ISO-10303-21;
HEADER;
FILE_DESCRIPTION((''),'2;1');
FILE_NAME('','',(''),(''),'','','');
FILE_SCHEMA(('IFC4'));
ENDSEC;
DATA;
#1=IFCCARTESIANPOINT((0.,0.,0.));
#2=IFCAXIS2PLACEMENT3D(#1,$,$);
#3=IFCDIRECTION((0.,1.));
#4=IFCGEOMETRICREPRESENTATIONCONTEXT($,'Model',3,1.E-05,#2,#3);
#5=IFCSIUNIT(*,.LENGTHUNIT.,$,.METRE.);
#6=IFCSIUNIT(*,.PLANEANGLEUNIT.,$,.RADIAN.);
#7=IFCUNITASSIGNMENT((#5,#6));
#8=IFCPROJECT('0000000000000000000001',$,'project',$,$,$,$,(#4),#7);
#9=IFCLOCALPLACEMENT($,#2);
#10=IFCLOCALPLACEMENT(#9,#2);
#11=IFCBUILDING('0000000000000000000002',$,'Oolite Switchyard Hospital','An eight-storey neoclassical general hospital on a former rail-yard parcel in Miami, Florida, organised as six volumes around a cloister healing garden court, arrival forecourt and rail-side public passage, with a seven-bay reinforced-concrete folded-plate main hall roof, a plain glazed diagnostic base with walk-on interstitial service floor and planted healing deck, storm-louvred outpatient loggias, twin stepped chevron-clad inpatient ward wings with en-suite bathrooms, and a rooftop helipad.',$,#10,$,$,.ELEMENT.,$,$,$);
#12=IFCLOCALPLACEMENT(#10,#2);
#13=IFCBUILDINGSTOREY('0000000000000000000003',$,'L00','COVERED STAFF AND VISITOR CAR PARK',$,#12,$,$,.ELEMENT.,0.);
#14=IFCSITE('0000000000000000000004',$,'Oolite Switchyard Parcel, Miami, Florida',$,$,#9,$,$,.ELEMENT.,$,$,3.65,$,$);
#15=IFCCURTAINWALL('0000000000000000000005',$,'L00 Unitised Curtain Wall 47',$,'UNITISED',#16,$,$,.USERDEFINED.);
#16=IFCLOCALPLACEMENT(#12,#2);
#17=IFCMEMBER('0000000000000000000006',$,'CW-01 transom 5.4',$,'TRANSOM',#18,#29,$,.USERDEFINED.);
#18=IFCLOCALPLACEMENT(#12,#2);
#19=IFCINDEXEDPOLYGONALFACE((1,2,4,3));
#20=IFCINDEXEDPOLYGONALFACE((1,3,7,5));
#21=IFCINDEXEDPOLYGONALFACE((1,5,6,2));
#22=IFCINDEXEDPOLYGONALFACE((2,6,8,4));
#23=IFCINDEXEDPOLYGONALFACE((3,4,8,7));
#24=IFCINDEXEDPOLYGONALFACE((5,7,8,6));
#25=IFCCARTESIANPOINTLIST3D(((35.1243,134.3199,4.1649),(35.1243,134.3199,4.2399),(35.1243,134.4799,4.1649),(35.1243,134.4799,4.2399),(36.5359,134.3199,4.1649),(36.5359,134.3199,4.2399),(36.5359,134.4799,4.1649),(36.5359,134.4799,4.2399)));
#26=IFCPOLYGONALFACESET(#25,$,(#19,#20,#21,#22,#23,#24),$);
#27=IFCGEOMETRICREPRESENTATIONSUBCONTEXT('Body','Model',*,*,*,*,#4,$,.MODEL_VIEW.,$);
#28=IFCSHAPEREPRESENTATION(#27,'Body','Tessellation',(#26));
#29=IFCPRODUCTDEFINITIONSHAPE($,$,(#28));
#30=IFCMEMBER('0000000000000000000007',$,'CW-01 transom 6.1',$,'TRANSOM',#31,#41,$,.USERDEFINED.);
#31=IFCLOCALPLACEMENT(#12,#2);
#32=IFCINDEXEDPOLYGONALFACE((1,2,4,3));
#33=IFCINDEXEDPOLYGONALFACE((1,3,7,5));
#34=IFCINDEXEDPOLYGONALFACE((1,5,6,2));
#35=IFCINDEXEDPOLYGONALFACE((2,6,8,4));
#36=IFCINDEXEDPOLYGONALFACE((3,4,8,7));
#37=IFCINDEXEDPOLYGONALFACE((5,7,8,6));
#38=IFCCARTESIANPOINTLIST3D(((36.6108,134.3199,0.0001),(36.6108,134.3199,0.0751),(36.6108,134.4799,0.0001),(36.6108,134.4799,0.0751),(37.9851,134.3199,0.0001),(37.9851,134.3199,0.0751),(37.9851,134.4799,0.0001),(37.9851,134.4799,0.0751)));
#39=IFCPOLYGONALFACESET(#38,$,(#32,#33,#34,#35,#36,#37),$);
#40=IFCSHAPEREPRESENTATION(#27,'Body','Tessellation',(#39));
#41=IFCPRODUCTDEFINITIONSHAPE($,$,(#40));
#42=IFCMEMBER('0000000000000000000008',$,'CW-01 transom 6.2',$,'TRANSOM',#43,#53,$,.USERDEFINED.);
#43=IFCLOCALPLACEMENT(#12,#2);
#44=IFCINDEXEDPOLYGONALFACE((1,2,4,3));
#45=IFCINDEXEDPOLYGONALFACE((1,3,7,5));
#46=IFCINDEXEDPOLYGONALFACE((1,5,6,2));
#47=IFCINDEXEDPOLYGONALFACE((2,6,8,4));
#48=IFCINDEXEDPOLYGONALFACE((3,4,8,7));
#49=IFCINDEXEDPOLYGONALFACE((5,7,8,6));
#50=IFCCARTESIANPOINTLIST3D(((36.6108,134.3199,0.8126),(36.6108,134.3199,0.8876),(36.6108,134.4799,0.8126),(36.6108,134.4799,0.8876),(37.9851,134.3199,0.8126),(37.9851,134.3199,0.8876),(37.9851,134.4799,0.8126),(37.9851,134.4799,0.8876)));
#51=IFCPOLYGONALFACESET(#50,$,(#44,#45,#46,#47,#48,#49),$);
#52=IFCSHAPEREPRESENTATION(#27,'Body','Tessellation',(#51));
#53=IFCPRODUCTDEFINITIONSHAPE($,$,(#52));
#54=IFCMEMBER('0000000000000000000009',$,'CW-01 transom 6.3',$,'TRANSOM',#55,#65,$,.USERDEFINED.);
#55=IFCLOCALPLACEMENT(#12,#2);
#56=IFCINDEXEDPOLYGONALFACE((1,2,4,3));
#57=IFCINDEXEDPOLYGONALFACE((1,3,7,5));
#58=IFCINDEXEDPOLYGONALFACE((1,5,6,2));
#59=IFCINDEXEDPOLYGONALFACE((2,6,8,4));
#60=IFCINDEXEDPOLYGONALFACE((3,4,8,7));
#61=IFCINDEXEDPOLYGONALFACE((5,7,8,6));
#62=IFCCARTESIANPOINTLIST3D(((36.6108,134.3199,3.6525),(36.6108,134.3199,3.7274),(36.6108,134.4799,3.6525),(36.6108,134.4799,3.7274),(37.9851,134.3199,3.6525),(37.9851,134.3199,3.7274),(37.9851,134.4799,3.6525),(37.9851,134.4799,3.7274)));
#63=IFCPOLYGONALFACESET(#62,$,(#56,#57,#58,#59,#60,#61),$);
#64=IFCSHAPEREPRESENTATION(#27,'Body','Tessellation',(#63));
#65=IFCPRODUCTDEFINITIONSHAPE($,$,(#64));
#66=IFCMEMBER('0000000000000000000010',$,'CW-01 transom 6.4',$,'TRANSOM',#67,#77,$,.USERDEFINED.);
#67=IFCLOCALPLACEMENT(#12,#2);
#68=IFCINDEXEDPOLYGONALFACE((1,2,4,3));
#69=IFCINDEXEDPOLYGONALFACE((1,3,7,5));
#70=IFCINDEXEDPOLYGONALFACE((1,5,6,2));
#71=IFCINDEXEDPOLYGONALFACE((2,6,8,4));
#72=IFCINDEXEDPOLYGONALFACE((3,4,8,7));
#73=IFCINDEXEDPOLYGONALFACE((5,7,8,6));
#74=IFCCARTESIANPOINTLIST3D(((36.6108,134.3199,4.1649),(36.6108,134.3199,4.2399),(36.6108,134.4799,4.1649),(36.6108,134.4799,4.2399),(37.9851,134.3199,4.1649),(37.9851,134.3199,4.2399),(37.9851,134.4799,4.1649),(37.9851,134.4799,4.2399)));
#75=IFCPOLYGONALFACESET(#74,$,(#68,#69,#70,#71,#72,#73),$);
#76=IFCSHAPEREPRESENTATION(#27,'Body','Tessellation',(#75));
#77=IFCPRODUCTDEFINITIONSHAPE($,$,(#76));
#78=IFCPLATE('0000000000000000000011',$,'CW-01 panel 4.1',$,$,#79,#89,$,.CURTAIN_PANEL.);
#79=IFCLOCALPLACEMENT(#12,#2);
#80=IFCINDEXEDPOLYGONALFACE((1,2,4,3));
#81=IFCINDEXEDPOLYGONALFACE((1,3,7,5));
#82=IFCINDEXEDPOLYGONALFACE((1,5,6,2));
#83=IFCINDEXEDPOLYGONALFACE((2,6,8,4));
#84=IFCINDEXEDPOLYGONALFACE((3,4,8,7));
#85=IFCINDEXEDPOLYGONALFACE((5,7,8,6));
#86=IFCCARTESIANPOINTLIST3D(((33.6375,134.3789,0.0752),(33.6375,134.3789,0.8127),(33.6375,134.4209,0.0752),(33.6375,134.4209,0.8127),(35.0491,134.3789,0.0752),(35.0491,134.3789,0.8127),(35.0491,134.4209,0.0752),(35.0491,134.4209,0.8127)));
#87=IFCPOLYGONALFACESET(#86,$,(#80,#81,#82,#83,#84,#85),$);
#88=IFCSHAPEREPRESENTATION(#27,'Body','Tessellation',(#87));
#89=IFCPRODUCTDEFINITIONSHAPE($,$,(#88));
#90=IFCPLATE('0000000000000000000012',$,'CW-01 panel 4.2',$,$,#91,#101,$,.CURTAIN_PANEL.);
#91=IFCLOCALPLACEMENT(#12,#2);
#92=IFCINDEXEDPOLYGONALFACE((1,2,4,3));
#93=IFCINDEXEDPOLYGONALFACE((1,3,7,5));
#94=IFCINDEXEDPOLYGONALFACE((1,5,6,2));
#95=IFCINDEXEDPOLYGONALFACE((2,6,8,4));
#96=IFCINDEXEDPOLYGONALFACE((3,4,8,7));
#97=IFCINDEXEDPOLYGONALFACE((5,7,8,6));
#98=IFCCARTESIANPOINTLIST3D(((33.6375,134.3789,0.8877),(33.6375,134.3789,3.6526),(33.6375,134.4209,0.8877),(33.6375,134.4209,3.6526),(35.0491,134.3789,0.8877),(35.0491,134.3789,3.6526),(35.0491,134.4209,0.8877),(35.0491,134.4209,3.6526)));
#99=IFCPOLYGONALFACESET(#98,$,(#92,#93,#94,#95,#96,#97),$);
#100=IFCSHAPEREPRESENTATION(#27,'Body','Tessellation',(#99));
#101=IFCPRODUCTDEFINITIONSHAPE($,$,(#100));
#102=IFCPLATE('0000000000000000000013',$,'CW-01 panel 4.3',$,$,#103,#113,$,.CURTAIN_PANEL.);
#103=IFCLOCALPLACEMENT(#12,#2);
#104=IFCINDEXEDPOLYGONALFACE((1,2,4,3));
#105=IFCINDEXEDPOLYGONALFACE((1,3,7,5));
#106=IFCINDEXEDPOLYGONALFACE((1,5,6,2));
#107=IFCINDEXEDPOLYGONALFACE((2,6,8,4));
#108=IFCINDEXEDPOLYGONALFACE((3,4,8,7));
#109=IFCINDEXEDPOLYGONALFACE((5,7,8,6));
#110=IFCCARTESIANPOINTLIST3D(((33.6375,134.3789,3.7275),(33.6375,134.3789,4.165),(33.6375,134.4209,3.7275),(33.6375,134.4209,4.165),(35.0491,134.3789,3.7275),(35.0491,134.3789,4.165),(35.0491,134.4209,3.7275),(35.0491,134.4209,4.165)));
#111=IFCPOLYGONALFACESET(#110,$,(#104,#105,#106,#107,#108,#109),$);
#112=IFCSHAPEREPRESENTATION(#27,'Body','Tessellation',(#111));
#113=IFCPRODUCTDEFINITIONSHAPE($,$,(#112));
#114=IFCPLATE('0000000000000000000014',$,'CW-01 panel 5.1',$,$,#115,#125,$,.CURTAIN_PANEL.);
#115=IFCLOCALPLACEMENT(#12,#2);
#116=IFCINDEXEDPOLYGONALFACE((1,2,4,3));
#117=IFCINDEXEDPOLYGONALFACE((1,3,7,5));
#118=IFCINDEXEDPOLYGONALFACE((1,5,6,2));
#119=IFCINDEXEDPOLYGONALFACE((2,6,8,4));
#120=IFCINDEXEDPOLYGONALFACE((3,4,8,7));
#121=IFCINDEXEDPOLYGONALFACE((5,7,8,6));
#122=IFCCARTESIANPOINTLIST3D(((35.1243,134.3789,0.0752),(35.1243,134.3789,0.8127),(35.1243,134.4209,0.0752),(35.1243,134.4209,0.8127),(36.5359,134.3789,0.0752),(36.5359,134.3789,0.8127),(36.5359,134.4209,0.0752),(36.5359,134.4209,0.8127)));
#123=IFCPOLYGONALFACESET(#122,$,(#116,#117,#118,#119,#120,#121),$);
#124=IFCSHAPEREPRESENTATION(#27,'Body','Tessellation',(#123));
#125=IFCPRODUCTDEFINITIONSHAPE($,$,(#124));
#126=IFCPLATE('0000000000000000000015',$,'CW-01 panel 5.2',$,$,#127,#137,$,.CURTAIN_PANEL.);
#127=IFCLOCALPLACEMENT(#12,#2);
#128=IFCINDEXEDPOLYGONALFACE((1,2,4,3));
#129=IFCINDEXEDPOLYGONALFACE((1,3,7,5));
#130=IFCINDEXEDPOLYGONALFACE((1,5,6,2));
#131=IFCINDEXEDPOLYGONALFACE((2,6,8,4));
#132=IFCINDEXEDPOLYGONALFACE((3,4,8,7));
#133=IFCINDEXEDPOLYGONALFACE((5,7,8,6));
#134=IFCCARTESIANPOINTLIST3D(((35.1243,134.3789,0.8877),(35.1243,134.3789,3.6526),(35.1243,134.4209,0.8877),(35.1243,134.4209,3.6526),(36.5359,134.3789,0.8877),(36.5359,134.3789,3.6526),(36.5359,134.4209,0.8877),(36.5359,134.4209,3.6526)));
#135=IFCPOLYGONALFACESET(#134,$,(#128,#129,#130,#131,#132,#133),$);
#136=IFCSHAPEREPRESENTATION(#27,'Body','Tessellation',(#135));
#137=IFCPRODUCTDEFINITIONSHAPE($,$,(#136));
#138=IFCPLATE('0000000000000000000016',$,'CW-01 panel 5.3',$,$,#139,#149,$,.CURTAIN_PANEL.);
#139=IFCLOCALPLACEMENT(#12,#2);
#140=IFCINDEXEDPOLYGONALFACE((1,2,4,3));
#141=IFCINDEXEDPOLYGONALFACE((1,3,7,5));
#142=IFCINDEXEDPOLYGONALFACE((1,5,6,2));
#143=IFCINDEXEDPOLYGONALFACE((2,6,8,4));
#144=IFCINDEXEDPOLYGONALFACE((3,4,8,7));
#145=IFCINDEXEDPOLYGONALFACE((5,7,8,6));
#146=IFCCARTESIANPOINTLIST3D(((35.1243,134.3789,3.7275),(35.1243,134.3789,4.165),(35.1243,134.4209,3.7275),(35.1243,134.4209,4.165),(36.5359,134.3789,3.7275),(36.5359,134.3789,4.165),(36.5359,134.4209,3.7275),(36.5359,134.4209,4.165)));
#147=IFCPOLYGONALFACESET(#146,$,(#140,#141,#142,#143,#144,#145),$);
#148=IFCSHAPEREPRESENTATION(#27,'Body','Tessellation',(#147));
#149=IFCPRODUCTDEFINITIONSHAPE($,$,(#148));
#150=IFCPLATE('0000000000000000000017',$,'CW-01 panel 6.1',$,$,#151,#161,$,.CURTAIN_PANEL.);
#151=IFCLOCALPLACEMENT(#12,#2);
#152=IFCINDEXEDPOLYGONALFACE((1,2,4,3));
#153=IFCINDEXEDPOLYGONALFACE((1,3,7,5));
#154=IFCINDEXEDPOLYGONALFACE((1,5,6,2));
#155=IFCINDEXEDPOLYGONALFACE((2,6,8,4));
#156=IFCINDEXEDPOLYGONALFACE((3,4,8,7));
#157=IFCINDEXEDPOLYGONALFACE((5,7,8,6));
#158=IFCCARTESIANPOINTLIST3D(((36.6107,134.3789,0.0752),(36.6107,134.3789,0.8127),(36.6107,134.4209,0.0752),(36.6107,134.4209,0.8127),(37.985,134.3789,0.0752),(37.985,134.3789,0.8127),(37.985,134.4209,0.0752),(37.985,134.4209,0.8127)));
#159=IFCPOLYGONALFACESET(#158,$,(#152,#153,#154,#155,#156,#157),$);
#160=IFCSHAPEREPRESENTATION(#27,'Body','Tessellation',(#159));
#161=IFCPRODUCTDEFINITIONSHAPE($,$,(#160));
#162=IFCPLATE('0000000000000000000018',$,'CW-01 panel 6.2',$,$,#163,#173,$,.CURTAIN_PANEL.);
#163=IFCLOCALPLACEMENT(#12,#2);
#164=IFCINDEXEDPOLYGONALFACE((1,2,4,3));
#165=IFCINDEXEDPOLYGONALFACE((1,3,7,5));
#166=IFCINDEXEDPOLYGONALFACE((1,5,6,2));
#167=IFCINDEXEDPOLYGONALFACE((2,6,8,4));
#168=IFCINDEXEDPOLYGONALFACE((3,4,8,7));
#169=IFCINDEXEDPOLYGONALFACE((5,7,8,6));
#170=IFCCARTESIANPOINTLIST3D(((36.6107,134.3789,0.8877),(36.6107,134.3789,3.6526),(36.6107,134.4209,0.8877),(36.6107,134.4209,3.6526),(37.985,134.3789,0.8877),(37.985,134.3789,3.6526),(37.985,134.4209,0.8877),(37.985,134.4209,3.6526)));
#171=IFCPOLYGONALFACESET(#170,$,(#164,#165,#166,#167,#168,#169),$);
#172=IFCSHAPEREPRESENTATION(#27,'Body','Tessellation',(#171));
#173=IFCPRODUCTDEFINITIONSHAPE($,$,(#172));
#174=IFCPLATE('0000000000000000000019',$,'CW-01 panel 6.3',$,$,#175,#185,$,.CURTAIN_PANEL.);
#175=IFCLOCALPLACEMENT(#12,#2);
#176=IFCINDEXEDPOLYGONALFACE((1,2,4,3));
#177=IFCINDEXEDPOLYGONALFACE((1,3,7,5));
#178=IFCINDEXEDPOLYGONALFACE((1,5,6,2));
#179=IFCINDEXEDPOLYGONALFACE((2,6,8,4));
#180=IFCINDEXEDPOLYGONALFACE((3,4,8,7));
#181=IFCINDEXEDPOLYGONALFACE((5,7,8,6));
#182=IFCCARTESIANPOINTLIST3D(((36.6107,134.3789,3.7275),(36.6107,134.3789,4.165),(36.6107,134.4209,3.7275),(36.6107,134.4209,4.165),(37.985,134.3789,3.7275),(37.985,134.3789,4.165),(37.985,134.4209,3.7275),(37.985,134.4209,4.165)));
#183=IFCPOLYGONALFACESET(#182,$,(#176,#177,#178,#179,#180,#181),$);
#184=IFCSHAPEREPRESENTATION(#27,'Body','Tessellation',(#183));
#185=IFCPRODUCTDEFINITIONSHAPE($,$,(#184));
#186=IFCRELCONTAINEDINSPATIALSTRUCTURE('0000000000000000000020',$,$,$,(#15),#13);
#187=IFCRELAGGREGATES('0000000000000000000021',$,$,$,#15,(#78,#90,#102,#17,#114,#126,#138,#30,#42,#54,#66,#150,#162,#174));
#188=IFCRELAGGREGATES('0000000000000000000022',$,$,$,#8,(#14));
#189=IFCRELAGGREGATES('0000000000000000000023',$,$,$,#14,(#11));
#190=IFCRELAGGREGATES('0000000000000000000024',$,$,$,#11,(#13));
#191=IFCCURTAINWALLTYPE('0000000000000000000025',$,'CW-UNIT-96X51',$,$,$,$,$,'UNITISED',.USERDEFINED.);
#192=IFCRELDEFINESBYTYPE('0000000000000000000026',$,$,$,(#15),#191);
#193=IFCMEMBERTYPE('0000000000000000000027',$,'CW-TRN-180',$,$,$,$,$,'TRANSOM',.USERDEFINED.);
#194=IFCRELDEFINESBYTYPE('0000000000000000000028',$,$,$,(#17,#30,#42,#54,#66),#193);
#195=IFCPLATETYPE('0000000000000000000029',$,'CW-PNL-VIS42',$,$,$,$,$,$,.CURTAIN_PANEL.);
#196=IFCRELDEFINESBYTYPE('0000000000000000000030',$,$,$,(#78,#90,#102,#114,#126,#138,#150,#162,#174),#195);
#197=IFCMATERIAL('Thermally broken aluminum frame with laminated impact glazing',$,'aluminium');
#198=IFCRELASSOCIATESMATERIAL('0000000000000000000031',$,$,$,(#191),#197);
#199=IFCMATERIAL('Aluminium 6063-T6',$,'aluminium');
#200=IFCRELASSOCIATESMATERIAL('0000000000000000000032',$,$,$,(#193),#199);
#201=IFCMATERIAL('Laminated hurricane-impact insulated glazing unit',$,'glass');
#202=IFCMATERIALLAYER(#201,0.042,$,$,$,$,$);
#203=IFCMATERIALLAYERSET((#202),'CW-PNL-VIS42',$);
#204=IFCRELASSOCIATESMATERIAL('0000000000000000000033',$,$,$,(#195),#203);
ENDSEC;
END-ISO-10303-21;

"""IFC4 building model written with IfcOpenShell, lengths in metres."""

from ifc_helpers import new_model, si_unit, direction, frame, origin, origin_2d, place, context, subcontext, project, spatial, rectangle, extrude, material, layer, layer_set, material_profile, profile_set, type_object, element, aggregate, save


model = new_model("IFC4")

# Units and contexts
model_context = context("Model", 3, precision=1e-05, world=origin(), true_north=direction((0.0, 1.0)))
body_context = subcontext(model_context, "Body", "Model", "MODEL_VIEW")
ifc_project = project(units=[si_unit("LENGTHUNIT", "METRE"), si_unit("PLANEANGLEUNIT", "RADIAN")], contexts=[model_context])

# Site, building, storey
site_placement = place(None, origin())
site = spatial("IfcSite", under=ifc_project, at=site_placement, Name="Oolite Switchyard Parcel, Miami, Florida", CompositionType="ELEMENT", RefElevation=3.65)
building_placement = place(site_placement, origin())
building = spatial("IfcBuilding", under=site, at=building_placement, Name="Oolite Switchyard Hospital", Description="An eight-storey neoclassical general hospital on a former rail-yard parcel in Miami, Florida, organised as six volumes around a cloister healing garden court, arrival forecourt and rail-side public passage, with a seven-bay reinforced-concrete folded-plate main hall roof, a plain glazed diagnostic base with walk-on interstitial service floor and planted healing deck, storm-louvred outpatient loggias, twin stepped chevron-clad inpatient ward wings with en-suite bathrooms, and a rooftop helipad.", CompositionType="ELEMENT")
storey_placement = place(building_placement, origin())
storey = spatial("IfcBuildingStorey", under=building, at=storey_placement, Name="L00", Description="COVERED STAFF AND VISITOR CAR PARK", CompositionType="ELEMENT", Elevation=0.0)

# Curtain wall, members, plates
ifc_material_1 = material(Name="Thermally broken aluminum frame with laminated impact glazing", Category="aluminium")
curtain_wall_type = type_object("IfcCurtainWallType", Name="CW-UNIT-96X51", ElementType="UNITISED", PredefinedType="USERDEFINED", material=ifc_material_1)
curtain_wall_placement = place(storey_placement, origin())
curtain_wall = element("IfcCurtainWall", 1, at=curtain_wall_placement, inside=storey, type_object=curtain_wall_type, Name="L00 Unitised Curtain Wall 47", ObjectType="UNITISED", PredefinedType="USERDEFINED")
ifc_material_2 = material(Name="Aluminium 6063-T6", Category="aluminium")
ifc_material_profile_1 = material_profile(ifc_material_2, rectangle(XDim=0.1599, YDim=0.075, at=origin_2d()), Name="CWT75X160")
ifc_profile_set_1 = profile_set([ifc_material_profile_1], Name="Aluminium 6063-T6")
member_type_1 = type_object("IfcMemberType", Name="CW-TRN-180", ElementType="TRANSOM", PredefinedType="USERDEFINED", material=ifc_profile_set_1)
member_1_placement = place(storey_placement, frame((35.1243, 134.3999, 4.2024), z_axis=(1.0, 0.0, 0.0), x_axis=(0.0, 1.0, 0.0)))
member_1 = element("IfcMember", 2, at=member_1_placement, type_object=member_type_1, Name="CW-01 transom 5.4", ObjectType="TRANSOM", PredefinedType="USERDEFINED", context=body_context, shape_type="SweptSolid", body=[
    extrude(rectangle(XDim=0.1599, YDim=0.075, at=origin_2d()), origin(), (0.0, 0.0, 1.0), 1.4116),
])
member_2_placement = place(storey_placement, frame((36.6108, 134.3999, 0.0376), z_axis=(1.0, 0.0, 0.0), x_axis=(0.0, 1.0, 0.0)))
member_2 = element("IfcMember", 3, at=member_2_placement, type_object=member_type_1, Name="CW-01 transom 6.1", ObjectType="TRANSOM", PredefinedType="USERDEFINED", context=body_context, shape_type="SweptSolid", body=[
    extrude(rectangle(XDim=0.1599, YDim=0.075, at=origin_2d()), origin(), (0.0, 0.0, 1.0), 1.3743),
])
member_3_placement = place(storey_placement, frame((36.6108, 134.3999, 0.8501), z_axis=(1.0, 0.0, 0.0), x_axis=(0.0, 1.0, 0.0)))
member_3 = element("IfcMember", 4, at=member_3_placement, type_object=member_type_1, Name="CW-01 transom 6.2", ObjectType="TRANSOM", PredefinedType="USERDEFINED", context=body_context, shape_type="SweptSolid", body=[
    extrude(rectangle(XDim=0.1599, YDim=0.075, at=origin_2d()), origin(), (0.0, 0.0, 1.0), 1.3743),
])
member_4_placement = place(storey_placement, frame((36.6108, 134.3999, 3.6899), z_axis=(1.0, 0.0, 0.0), x_axis=(0.0, 1.0, 0.0)))
member_4 = element("IfcMember", 5, at=member_4_placement, type_object=member_type_1, Name="CW-01 transom 6.3", ObjectType="TRANSOM", PredefinedType="USERDEFINED", context=body_context, shape_type="SweptSolid", body=[
    extrude(rectangle(XDim=0.1599, YDim=0.075, at=origin_2d()), origin(), (0.0, 0.0, 1.0), 1.3743),
])
member_5_placement = place(storey_placement, frame((36.6108, 134.3999, 4.2024), z_axis=(1.0, 0.0, 0.0), x_axis=(0.0, 1.0, 0.0)))
member_5 = element("IfcMember", 6, at=member_5_placement, type_object=member_type_1, Name="CW-01 transom 6.4", ObjectType="TRANSOM", PredefinedType="USERDEFINED", context=body_context, shape_type="SweptSolid", body=[
    extrude(rectangle(XDim=0.1599, YDim=0.075, at=origin_2d()), origin(), (0.0, 0.0, 1.0), 1.3743),
])
ifc_material_3 = material(Name="Laminated hurricane-impact insulated glazing unit", Category="glass")
ifc_layer = layer(ifc_material_3, 0.042)
ifc_layer_set = layer_set([ifc_layer], Name="CW-PNL-VIS42")
plate_type = type_object("IfcPlateType", Name="CW-PNL-VIS42", PredefinedType="CURTAIN_PANEL", material=ifc_layer_set)
plate_1_placement = place(storey_placement, frame((34.3433, 134.3999, 0.0752), z_axis=(0.0, 0.0, 1.0), x_axis=(1.0, 0.0, 0.0)))
plate_1 = element("IfcPlate", 7, at=plate_1_placement, type_object=plate_type, Name="CW-01 panel 4.1", PredefinedType="CURTAIN_PANEL", context=body_context, shape_type="SweptSolid", body=[
    extrude(rectangle(XDim=1.4116, YDim=0.042, at=origin_2d()), origin(), (0.0, 0.0, 1.0), 0.7375),
])
plate_2_placement = place(storey_placement, frame((34.3433, 134.3999, 0.8877), z_axis=(0.0, 0.0, 1.0), x_axis=(1.0, 0.0, 0.0)))
plate_2 = element("IfcPlate", 8, at=plate_2_placement, type_object=plate_type, Name="CW-01 panel 4.2", PredefinedType="CURTAIN_PANEL", context=body_context, shape_type="SweptSolid", body=[
    extrude(rectangle(XDim=1.4116, YDim=0.042, at=origin_2d()), origin(), (0.0, 0.0, 1.0), 2.7649),
])
plate_3_placement = place(storey_placement, frame((34.3433, 134.3999, 3.7275), z_axis=(0.0, 0.0, 1.0), x_axis=(1.0, 0.0, 0.0)))
plate_3 = element("IfcPlate", 9, at=plate_3_placement, type_object=plate_type, Name="CW-01 panel 4.3", PredefinedType="CURTAIN_PANEL", context=body_context, shape_type="SweptSolid", body=[
    extrude(rectangle(XDim=1.4116, YDim=0.042, at=origin_2d()), origin(), (0.0, 0.0, 1.0), 0.4375),
])
plate_4_placement = place(storey_placement, frame((35.8301, 134.3999, 0.0752), z_axis=(0.0, 0.0, 1.0), x_axis=(1.0, 0.0, 0.0)))
plate_4 = element("IfcPlate", 10, at=plate_4_placement, type_object=plate_type, Name="CW-01 panel 5.1", PredefinedType="CURTAIN_PANEL", context=body_context, shape_type="SweptSolid", body=[
    extrude(rectangle(XDim=1.4116, YDim=0.042, at=origin_2d()), origin(), (0.0, 0.0, 1.0), 0.7375),
])
plate_5_placement = place(storey_placement, frame((35.8301, 134.3999, 0.8877), z_axis=(0.0, 0.0, 1.0), x_axis=(1.0, 0.0, 0.0)))
plate_5 = element("IfcPlate", 11, at=plate_5_placement, type_object=plate_type, Name="CW-01 panel 5.2", PredefinedType="CURTAIN_PANEL", context=body_context, shape_type="SweptSolid", body=[
    extrude(rectangle(XDim=1.4116, YDim=0.042, at=origin_2d()), origin(), (0.0, 0.0, 1.0), 2.7649),
])
plate_6_placement = place(storey_placement, frame((35.8301, 134.3999, 3.7275), z_axis=(0.0, 0.0, 1.0), x_axis=(1.0, 0.0, 0.0)))
plate_6 = element("IfcPlate", 12, at=plate_6_placement, type_object=plate_type, Name="CW-01 panel 5.3", PredefinedType="CURTAIN_PANEL", context=body_context, shape_type="SweptSolid", body=[
    extrude(rectangle(XDim=1.4116, YDim=0.042, at=origin_2d()), origin(), (0.0, 0.0, 1.0), 0.4375),
])
plate_7_placement = place(storey_placement, frame((37.2979, 134.3999, 0.0752), z_axis=(0.0, 0.0, 1.0), x_axis=(1.0, 0.0, 0.0)))
plate_7 = element("IfcPlate", 13, at=plate_7_placement, type_object=plate_type, Name="CW-01 panel 6.1", PredefinedType="CURTAIN_PANEL", context=body_context, shape_type="SweptSolid", body=[
    extrude(rectangle(XDim=1.3743, YDim=0.042, at=origin_2d()), origin(), (0.0, 0.0, 1.0), 0.7375),
])
plate_8_placement = place(storey_placement, frame((37.2979, 134.3999, 0.8877), z_axis=(0.0, 0.0, 1.0), x_axis=(1.0, 0.0, 0.0)))
plate_8 = element("IfcPlate", 14, at=plate_8_placement, type_object=plate_type, Name="CW-01 panel 6.2", PredefinedType="CURTAIN_PANEL", context=body_context, shape_type="SweptSolid", body=[
    extrude(rectangle(XDim=1.3743, YDim=0.042, at=origin_2d()), origin(), (0.0, 0.0, 1.0), 2.7649),
])
plate_9_placement = place(storey_placement, frame((37.2979, 134.3999, 3.7275), z_axis=(0.0, 0.0, 1.0), x_axis=(1.0, 0.0, 0.0)))
plate_9 = element("IfcPlate", 15, at=plate_9_placement, type_object=plate_type, Name="CW-01 panel 6.3", PredefinedType="CURTAIN_PANEL", context=body_context, shape_type="SweptSolid", body=[
    extrude(rectangle(XDim=1.3743, YDim=0.042, at=origin_2d()), origin(), (0.0, 0.0, 1.0), 0.4375),
])
aggregate(curtain_wall, [plate_1, plate_2, plate_3, member_1, plate_4, plate_5, plate_6, member_2, member_3, member_4, member_5, plate_7, plate_8, plate_9])

save(model, "model.ifc")
